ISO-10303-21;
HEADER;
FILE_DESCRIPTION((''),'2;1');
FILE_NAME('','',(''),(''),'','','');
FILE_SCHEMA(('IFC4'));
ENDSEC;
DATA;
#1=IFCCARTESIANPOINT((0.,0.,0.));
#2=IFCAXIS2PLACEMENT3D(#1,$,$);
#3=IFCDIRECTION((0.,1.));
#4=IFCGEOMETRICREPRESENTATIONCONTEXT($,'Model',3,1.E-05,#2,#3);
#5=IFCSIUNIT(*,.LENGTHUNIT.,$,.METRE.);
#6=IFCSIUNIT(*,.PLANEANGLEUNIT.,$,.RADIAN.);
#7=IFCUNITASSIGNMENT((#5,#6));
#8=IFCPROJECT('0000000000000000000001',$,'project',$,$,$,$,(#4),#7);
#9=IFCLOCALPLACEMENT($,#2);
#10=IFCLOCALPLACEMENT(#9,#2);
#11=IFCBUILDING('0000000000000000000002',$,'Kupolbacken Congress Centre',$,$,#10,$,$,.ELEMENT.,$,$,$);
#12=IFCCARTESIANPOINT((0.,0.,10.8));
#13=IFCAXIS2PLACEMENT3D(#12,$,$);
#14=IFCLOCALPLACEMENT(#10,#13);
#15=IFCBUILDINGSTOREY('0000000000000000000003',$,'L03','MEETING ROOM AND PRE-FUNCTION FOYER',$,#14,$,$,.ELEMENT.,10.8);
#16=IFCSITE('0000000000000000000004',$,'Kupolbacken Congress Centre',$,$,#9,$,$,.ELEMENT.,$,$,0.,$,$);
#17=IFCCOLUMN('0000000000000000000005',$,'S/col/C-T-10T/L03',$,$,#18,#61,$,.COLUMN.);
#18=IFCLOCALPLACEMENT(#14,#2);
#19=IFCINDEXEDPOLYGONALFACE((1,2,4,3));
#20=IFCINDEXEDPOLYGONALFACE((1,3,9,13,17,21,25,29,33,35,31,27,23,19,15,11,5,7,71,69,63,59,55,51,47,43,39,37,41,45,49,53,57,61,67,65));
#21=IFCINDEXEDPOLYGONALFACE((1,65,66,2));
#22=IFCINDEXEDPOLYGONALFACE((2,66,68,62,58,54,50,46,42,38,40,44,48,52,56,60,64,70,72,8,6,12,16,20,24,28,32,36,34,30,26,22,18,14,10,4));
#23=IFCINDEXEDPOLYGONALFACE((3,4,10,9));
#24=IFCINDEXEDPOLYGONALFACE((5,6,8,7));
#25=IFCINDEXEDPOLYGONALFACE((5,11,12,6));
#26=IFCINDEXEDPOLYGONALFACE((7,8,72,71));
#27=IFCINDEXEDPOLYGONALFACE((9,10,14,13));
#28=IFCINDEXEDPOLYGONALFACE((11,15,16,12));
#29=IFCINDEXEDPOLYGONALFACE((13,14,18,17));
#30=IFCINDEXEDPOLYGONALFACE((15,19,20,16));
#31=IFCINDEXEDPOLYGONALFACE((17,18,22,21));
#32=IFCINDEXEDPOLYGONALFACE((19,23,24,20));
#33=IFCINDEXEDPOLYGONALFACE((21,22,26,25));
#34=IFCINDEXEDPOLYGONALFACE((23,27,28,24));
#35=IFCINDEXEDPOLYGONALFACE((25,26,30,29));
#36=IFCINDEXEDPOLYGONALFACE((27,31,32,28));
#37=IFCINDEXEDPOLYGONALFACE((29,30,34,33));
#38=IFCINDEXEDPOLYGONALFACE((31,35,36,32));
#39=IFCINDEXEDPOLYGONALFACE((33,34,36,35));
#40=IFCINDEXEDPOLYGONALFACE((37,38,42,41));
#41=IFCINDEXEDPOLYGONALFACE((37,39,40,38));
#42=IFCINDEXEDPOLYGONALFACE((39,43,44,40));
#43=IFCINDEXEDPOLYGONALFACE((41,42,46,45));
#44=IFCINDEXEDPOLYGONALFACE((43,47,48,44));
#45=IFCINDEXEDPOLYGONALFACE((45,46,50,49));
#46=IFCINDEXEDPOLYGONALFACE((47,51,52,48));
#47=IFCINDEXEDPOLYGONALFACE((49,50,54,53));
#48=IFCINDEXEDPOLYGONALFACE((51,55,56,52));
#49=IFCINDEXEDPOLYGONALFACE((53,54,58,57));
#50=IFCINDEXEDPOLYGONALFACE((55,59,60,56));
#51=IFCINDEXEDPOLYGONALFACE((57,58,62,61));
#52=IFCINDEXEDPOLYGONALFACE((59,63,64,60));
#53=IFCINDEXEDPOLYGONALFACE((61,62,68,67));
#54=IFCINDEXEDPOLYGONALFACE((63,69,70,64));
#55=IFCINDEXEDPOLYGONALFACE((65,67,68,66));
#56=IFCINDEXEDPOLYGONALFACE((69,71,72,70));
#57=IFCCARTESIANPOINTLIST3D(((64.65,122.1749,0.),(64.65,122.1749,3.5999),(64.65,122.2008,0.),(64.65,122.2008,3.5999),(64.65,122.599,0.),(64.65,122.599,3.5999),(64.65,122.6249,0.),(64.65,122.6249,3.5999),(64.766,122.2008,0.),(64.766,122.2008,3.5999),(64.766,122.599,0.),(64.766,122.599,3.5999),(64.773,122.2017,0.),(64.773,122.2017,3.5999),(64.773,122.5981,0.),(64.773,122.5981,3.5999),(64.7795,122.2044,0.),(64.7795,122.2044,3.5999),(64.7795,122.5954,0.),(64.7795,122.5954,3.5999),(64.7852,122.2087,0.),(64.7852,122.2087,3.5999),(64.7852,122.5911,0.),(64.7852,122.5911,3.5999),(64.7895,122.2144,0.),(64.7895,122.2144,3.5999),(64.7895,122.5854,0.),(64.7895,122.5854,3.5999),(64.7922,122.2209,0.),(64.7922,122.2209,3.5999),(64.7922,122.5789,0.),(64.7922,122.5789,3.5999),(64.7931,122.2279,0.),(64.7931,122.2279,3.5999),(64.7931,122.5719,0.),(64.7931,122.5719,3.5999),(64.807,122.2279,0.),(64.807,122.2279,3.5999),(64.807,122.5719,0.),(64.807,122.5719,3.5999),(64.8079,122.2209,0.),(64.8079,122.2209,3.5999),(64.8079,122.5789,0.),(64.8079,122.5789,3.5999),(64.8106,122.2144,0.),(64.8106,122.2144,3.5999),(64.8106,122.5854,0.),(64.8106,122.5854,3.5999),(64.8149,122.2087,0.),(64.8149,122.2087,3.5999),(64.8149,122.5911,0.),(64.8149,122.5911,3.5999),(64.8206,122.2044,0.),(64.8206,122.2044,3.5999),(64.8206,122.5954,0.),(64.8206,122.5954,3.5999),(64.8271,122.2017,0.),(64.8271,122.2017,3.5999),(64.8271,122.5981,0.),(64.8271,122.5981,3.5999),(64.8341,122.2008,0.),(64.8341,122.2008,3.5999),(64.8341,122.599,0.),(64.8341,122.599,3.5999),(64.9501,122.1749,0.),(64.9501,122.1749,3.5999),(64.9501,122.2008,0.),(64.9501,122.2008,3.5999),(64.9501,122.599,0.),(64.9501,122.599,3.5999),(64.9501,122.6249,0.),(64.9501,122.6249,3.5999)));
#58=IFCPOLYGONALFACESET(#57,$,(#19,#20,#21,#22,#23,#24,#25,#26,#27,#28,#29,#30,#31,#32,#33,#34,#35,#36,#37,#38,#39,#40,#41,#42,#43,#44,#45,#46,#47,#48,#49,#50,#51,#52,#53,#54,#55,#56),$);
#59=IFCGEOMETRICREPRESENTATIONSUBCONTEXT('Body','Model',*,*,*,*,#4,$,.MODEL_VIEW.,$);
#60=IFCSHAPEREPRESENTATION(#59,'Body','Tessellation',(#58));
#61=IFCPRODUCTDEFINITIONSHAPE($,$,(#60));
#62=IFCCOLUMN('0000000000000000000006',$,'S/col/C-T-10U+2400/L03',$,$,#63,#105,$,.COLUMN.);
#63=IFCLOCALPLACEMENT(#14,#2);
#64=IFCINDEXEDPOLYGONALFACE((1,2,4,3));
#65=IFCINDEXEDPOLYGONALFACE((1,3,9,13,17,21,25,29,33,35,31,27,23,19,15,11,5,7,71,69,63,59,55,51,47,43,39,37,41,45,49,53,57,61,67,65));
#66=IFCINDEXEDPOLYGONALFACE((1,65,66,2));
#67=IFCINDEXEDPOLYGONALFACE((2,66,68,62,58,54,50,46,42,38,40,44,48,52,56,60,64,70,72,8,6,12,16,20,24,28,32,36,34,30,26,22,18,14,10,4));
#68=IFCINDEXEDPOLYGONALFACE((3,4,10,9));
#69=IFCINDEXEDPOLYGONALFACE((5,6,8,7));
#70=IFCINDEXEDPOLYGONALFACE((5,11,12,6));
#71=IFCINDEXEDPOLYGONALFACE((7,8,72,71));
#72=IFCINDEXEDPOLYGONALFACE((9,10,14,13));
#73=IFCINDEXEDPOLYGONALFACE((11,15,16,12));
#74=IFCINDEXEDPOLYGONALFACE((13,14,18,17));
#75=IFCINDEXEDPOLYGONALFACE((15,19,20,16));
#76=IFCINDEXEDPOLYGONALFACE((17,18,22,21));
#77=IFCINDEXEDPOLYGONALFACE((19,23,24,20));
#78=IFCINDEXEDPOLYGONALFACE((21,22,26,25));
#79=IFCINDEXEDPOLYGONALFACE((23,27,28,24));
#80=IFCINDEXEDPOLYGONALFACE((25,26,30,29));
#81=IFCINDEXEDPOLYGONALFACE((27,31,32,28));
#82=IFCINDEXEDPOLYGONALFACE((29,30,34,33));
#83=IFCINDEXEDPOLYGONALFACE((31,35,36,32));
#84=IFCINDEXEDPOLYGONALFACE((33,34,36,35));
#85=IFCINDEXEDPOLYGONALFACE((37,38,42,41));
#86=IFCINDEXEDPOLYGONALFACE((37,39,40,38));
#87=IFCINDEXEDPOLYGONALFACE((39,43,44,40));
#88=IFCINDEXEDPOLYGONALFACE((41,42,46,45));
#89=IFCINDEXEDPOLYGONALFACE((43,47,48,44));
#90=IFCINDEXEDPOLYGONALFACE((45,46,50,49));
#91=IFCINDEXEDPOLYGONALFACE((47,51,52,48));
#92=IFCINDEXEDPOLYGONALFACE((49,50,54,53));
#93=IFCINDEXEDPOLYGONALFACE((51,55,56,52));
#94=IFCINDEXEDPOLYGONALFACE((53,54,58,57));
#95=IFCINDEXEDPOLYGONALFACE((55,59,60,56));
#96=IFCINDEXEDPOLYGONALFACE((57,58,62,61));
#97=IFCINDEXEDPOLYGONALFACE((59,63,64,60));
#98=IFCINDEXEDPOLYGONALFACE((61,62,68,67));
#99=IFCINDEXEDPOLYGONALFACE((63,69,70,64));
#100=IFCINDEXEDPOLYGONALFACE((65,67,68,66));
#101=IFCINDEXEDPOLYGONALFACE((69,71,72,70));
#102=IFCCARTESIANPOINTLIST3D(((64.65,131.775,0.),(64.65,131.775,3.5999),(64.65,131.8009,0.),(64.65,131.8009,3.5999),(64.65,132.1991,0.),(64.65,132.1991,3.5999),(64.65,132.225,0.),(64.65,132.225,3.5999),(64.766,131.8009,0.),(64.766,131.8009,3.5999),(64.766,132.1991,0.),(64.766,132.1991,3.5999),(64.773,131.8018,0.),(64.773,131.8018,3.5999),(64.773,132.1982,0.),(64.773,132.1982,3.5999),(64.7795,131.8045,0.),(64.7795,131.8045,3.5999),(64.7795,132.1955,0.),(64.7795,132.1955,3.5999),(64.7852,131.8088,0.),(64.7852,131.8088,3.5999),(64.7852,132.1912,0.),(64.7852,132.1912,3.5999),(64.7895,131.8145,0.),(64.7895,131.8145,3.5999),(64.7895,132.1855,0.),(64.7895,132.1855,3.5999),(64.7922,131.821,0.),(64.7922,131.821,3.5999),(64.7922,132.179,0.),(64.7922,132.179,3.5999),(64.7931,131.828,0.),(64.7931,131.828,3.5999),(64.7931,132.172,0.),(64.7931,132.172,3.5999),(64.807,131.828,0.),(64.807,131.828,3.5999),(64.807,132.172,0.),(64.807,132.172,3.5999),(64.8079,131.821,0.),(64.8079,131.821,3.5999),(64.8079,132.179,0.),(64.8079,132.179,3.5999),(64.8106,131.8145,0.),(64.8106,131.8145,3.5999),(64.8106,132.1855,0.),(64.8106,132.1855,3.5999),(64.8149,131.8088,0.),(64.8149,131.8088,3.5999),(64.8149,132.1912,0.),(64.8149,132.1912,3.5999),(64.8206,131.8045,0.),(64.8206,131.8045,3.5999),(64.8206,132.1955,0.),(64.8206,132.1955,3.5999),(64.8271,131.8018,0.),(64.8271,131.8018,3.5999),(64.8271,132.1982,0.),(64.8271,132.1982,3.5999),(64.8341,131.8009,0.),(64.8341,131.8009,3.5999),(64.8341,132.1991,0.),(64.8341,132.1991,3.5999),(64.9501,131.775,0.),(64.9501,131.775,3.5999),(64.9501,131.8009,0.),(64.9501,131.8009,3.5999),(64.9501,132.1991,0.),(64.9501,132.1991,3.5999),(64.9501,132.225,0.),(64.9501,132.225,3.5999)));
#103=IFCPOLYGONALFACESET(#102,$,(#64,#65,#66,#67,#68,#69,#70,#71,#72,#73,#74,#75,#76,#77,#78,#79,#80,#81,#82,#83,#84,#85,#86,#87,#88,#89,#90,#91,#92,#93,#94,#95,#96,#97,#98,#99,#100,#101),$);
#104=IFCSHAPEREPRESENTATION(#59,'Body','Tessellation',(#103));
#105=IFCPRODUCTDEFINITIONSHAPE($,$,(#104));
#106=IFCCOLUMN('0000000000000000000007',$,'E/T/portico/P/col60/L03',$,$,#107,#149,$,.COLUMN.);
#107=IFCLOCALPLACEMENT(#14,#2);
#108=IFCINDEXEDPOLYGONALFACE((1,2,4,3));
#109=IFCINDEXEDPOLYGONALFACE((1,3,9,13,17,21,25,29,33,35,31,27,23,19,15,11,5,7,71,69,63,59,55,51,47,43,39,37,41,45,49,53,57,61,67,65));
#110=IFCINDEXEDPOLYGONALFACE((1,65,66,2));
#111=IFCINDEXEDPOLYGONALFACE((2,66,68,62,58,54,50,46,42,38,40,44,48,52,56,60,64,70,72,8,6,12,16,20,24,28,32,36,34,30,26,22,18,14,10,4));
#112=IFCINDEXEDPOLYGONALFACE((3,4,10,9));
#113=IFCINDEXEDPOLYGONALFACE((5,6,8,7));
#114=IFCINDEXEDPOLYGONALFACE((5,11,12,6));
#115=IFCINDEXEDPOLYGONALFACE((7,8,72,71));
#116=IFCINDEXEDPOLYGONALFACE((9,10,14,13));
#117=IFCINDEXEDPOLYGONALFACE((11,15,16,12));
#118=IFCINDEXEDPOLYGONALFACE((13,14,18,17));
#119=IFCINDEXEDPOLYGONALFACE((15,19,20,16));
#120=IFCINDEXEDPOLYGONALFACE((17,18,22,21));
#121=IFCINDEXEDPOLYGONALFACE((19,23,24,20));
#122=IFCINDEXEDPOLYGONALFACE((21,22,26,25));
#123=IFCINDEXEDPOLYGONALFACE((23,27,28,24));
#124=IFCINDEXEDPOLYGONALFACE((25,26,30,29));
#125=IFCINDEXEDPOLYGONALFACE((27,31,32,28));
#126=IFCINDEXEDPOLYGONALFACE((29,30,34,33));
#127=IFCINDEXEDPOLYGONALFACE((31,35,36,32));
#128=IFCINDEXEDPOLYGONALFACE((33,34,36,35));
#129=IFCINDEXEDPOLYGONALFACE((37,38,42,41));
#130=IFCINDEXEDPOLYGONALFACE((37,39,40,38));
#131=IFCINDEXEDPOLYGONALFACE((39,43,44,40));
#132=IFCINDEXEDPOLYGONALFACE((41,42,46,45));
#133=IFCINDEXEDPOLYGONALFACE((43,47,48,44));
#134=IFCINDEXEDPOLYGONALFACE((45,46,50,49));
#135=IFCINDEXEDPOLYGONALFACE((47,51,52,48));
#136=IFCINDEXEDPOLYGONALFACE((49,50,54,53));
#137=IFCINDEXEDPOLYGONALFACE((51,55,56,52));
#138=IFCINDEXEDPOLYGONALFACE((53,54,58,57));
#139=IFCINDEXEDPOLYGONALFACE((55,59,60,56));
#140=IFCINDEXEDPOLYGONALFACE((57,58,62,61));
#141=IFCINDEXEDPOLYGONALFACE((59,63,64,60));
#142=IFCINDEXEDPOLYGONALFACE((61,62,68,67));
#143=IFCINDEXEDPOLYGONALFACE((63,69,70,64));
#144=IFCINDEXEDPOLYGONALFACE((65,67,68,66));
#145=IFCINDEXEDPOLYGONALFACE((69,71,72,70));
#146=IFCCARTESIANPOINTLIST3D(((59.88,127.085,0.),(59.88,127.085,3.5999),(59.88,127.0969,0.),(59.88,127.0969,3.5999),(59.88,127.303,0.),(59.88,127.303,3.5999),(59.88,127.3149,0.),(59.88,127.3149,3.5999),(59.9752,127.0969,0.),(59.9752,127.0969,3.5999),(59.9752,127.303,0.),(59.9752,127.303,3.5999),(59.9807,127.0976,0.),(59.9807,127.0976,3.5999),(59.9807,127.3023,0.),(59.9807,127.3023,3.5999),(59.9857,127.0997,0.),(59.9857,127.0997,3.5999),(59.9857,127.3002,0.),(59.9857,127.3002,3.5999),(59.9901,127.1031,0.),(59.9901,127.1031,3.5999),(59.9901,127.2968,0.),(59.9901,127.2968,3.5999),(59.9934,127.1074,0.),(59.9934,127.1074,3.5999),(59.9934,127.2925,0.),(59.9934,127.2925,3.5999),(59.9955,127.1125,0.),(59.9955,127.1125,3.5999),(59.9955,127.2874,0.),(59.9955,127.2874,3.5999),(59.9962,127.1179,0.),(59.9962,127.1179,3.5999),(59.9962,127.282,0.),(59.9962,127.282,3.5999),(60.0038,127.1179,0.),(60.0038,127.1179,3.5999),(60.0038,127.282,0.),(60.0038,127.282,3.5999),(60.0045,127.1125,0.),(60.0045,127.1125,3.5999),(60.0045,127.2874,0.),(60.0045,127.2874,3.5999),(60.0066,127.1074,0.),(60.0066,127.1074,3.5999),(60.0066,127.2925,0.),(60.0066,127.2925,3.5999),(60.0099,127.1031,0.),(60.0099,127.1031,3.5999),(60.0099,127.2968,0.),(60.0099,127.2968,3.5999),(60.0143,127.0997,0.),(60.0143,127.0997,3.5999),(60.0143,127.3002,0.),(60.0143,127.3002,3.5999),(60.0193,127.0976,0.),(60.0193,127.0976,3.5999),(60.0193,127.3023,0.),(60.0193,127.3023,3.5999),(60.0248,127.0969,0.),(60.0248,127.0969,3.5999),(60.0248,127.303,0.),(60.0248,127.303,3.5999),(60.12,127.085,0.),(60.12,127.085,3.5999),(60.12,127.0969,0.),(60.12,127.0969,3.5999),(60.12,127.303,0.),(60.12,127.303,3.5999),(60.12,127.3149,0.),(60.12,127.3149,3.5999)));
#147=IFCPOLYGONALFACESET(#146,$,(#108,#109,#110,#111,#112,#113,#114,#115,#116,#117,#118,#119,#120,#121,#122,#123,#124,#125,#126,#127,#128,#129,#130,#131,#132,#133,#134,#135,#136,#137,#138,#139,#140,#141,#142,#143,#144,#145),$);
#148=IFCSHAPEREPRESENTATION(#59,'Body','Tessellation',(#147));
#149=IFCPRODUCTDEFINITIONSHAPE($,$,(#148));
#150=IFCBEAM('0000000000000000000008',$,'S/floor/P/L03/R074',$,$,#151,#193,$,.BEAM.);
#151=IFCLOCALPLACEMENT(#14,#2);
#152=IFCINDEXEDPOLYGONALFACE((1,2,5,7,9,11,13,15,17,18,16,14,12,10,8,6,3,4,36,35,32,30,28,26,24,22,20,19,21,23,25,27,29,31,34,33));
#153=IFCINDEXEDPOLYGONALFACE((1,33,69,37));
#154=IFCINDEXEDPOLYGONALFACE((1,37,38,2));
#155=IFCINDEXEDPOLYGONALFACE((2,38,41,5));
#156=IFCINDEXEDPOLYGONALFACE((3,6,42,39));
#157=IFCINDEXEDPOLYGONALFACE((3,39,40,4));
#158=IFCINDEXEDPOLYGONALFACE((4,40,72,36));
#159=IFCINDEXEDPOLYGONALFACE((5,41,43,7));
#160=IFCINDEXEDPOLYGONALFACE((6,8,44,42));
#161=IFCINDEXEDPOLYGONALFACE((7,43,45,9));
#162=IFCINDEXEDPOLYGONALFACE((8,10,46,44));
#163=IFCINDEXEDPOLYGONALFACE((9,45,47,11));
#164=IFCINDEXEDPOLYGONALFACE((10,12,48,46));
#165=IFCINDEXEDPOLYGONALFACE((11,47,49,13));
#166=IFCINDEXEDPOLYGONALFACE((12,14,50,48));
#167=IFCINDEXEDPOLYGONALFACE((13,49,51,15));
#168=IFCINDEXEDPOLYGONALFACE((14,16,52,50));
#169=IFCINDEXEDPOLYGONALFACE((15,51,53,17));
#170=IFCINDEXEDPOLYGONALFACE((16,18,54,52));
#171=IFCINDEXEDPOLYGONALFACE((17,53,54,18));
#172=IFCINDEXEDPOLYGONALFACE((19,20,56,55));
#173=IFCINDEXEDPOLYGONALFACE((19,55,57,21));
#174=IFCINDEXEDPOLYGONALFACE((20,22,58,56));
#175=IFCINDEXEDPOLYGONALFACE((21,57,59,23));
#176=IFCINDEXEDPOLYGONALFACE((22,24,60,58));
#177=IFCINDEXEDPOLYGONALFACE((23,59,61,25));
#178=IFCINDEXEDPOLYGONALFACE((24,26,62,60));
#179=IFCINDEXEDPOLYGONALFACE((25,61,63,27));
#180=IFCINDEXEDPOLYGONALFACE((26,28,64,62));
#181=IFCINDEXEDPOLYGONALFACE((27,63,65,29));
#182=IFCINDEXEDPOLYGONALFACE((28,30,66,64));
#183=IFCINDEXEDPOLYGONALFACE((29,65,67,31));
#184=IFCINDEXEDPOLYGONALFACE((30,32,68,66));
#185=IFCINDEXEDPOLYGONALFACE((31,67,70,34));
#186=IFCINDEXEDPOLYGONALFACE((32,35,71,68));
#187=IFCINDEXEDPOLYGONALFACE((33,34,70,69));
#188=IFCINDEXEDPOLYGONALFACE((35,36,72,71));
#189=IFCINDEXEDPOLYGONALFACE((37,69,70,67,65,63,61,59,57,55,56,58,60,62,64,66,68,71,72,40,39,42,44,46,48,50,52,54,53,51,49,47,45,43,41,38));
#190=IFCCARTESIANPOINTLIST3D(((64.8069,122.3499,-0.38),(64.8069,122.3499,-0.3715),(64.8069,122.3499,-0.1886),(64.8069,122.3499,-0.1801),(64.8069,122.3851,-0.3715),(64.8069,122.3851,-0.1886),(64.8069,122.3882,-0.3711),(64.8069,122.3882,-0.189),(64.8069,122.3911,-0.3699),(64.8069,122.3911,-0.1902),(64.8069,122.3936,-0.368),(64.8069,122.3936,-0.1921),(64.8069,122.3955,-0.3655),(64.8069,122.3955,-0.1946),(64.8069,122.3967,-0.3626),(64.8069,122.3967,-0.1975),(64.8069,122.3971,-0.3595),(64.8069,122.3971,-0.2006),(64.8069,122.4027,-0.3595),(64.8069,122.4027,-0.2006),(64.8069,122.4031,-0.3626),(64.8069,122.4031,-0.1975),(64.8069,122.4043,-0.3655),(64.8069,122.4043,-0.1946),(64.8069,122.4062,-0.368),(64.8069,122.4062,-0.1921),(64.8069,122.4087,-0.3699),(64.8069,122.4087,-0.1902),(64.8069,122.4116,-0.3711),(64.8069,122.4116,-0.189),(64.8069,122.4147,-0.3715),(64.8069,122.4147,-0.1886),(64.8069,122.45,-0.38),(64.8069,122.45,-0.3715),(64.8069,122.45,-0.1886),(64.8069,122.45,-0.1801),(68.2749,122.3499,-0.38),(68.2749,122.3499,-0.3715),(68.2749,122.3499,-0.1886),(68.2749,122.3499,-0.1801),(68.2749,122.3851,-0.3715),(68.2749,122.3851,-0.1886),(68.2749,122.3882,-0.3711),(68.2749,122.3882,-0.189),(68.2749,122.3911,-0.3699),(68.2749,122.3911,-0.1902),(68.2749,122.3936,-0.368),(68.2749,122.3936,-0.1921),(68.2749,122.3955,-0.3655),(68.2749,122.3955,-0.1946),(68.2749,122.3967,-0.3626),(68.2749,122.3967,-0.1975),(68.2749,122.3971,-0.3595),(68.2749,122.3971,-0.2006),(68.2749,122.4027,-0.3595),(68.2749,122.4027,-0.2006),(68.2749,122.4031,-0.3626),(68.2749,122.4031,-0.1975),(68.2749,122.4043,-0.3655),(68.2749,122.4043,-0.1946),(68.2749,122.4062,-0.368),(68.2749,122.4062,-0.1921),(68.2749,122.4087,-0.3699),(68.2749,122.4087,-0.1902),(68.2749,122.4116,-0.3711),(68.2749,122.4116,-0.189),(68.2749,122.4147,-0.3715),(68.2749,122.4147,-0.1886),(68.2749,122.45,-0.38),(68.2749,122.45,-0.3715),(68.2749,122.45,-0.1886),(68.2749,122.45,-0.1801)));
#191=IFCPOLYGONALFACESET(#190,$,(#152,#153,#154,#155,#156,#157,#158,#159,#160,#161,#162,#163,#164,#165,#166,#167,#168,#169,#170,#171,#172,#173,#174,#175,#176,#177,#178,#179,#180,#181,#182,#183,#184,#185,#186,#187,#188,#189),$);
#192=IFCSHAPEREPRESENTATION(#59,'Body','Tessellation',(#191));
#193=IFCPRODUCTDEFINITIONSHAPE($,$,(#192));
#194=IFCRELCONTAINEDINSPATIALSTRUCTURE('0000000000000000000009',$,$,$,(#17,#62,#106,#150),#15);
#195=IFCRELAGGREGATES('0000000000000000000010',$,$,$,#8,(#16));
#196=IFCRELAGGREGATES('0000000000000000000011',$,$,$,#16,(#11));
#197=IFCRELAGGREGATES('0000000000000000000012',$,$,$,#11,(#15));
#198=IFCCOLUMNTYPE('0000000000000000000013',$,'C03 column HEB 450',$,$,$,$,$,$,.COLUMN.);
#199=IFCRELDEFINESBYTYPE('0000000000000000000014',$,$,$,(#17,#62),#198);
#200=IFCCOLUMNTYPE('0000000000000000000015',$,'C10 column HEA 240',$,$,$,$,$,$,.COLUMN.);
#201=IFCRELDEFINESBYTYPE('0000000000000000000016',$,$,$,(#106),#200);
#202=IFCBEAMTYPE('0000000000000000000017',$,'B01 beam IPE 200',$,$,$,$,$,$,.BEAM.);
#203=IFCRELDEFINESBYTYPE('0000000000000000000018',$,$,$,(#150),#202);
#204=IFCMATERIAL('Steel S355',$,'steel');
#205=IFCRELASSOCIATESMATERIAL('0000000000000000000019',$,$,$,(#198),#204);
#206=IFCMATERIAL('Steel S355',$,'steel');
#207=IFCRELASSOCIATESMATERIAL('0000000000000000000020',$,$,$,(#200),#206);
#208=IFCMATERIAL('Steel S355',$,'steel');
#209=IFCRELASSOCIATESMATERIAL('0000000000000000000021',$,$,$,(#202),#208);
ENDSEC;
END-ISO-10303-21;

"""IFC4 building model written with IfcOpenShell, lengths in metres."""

from ifc_helpers import new_model, si_unit, direction, frame, origin, origin_2d, place, context, subcontext, project, spatial, i_section, extrude, material, material_profile, profile_set, type_object, element, save


model = new_model("IFC4")

# Units and contexts
model_context = context("Model", 3, precision=1e-05, world=origin(), true_north=direction((0.0, 1.0)))
body_context = subcontext(model_context, "Body", "Model", "MODEL_VIEW")
ifc_project = project(units=[si_unit("LENGTHUNIT", "METRE"), si_unit("PLANEANGLEUNIT", "RADIAN")], contexts=[model_context])

# Site, building, storey
site_placement = place(None, origin())
site = spatial("IfcSite", under=ifc_project, at=site_placement, Name="Kupolbacken Congress Centre", CompositionType="ELEMENT", RefElevation=0.0)
building_placement = place(site_placement, origin())
building = spatial("IfcBuilding", under=site, at=building_placement, Name="Kupolbacken Congress Centre", CompositionType="ELEMENT")
storey_placement = place(building_placement, frame((0.0, 0.0, 10.8)))
storey = spatial("IfcBuildingStorey", under=building, at=storey_placement, Name="L03", Description="MEETING ROOM AND PRE-FUNCTION FOYER", CompositionType="ELEMENT", Elevation=10.8)

# Columns
ifc_material_1 = material(Name="Steel S355", Category="steel")
ifc_material_profile_1 = material_profile(ifc_material_1, i_section(OverallWidth=0.3, OverallDepth=0.45, WebThickness=0.0139, FlangeThickness=0.0259, FilletRadius=0.0271, at=origin_2d()), Name="HEB 450")
ifc_profile_set_1 = profile_set([ifc_material_profile_1], Name="Steel S355")
column_type_1 = type_object("IfcColumnType", Name="C03 column HEB 450", PredefinedType="COLUMN", material=ifc_profile_set_1)
for number, where, z_axis, x_axis, name in (
    (1, (64.8, 122.3999, 0.0), (0.0, 0.0, 1.0), (1.0, 0.0, 0.0), "S/col/C-T-10T/L03"),
    (2, (64.8, 132.0, 0.0), (0.0, 0.0, 1.0), (1.0, 0.0, 0.0), "S/col/C-T-10U+2400/L03"),
):
    element("IfcColumn", number, at=place(storey_placement, frame(where, z_axis=z_axis, x_axis=x_axis)), inside=storey, type_object=column_type_1, Name=name, PredefinedType="COLUMN", context=body_context, shape_type="SweptSolid", body=[
        extrude(i_section(OverallWidth=0.3, OverallDepth=0.45, WebThickness=0.0139, FlangeThickness=0.0259, FilletRadius=0.0271, at=origin_2d()), origin(), (0.0, 0.0, 1.0), 3.5999),
    ])
ifc_material_2 = material(Name="Steel S355", Category="steel")
ifc_material_profile_2 = material_profile(ifc_material_2, i_section(OverallWidth=0.24, OverallDepth=0.23, WebThickness=0.0076, FlangeThickness=0.012, FilletRadius=0.021, at=origin_2d()), Name="HEA 240")
ifc_profile_set_2 = profile_set([ifc_material_profile_2], Name="Steel S355")
column_type_2 = type_object("IfcColumnType", Name="C10 column HEA 240", PredefinedType="COLUMN", material=ifc_profile_set_2)
column_placement = place(storey_placement, frame((60.0, 127.2, 0.0), z_axis=(0.0, 0.0, 1.0), x_axis=(1.0, 0.0, 0.0)))
element("IfcColumn", 3, at=column_placement, inside=storey, type_object=column_type_2, Name="E/T/portico/P/col60/L03", PredefinedType="COLUMN", context=body_context, shape_type="SweptSolid", body=[
    extrude(i_section(OverallWidth=0.24, OverallDepth=0.23, WebThickness=0.0076, FlangeThickness=0.012, FilletRadius=0.021, at=origin_2d()), origin(), (0.0, 0.0, 1.0), 3.5999),
])

# Beam
ifc_material_3 = material(Name="Steel S355", Category="steel")
ifc_material_profile_3 = material_profile(ifc_material_3, i_section(OverallWidth=0.1001, OverallDepth=0.2, WebThickness=0.0056, FlangeThickness=0.0085, FilletRadius=0.012, at=origin_2d()), Name="IPE 200")
ifc_profile_set_3 = profile_set([ifc_material_profile_3], Name="Steel S355")
beam_type_1 = type_object("IfcBeamType", Name="B01 beam IPE 200", PredefinedType="BEAM", material=ifc_profile_set_3)
beam_1_placement = place(storey_placement, frame((64.8069, 122.3999, -0.28), z_axis=(1.0, 0.0, 0.0), x_axis=(0.0, 1.0, 0.0)))
element("IfcBeam", 4, at=beam_1_placement, inside=storey, type_object=beam_type_1, Name="S/floor/P/L03/R074", PredefinedType="BEAM", context=body_context, shape_type="SweptSolid", body=[
    extrude(i_section(OverallWidth=0.1001, OverallDepth=0.2, WebThickness=0.0056, FlangeThickness=0.0085, FilletRadius=0.012, at=origin_2d()), origin(), (0.0, 0.0, 1.0), 3.468),
])

save(model, "model.ifc")
